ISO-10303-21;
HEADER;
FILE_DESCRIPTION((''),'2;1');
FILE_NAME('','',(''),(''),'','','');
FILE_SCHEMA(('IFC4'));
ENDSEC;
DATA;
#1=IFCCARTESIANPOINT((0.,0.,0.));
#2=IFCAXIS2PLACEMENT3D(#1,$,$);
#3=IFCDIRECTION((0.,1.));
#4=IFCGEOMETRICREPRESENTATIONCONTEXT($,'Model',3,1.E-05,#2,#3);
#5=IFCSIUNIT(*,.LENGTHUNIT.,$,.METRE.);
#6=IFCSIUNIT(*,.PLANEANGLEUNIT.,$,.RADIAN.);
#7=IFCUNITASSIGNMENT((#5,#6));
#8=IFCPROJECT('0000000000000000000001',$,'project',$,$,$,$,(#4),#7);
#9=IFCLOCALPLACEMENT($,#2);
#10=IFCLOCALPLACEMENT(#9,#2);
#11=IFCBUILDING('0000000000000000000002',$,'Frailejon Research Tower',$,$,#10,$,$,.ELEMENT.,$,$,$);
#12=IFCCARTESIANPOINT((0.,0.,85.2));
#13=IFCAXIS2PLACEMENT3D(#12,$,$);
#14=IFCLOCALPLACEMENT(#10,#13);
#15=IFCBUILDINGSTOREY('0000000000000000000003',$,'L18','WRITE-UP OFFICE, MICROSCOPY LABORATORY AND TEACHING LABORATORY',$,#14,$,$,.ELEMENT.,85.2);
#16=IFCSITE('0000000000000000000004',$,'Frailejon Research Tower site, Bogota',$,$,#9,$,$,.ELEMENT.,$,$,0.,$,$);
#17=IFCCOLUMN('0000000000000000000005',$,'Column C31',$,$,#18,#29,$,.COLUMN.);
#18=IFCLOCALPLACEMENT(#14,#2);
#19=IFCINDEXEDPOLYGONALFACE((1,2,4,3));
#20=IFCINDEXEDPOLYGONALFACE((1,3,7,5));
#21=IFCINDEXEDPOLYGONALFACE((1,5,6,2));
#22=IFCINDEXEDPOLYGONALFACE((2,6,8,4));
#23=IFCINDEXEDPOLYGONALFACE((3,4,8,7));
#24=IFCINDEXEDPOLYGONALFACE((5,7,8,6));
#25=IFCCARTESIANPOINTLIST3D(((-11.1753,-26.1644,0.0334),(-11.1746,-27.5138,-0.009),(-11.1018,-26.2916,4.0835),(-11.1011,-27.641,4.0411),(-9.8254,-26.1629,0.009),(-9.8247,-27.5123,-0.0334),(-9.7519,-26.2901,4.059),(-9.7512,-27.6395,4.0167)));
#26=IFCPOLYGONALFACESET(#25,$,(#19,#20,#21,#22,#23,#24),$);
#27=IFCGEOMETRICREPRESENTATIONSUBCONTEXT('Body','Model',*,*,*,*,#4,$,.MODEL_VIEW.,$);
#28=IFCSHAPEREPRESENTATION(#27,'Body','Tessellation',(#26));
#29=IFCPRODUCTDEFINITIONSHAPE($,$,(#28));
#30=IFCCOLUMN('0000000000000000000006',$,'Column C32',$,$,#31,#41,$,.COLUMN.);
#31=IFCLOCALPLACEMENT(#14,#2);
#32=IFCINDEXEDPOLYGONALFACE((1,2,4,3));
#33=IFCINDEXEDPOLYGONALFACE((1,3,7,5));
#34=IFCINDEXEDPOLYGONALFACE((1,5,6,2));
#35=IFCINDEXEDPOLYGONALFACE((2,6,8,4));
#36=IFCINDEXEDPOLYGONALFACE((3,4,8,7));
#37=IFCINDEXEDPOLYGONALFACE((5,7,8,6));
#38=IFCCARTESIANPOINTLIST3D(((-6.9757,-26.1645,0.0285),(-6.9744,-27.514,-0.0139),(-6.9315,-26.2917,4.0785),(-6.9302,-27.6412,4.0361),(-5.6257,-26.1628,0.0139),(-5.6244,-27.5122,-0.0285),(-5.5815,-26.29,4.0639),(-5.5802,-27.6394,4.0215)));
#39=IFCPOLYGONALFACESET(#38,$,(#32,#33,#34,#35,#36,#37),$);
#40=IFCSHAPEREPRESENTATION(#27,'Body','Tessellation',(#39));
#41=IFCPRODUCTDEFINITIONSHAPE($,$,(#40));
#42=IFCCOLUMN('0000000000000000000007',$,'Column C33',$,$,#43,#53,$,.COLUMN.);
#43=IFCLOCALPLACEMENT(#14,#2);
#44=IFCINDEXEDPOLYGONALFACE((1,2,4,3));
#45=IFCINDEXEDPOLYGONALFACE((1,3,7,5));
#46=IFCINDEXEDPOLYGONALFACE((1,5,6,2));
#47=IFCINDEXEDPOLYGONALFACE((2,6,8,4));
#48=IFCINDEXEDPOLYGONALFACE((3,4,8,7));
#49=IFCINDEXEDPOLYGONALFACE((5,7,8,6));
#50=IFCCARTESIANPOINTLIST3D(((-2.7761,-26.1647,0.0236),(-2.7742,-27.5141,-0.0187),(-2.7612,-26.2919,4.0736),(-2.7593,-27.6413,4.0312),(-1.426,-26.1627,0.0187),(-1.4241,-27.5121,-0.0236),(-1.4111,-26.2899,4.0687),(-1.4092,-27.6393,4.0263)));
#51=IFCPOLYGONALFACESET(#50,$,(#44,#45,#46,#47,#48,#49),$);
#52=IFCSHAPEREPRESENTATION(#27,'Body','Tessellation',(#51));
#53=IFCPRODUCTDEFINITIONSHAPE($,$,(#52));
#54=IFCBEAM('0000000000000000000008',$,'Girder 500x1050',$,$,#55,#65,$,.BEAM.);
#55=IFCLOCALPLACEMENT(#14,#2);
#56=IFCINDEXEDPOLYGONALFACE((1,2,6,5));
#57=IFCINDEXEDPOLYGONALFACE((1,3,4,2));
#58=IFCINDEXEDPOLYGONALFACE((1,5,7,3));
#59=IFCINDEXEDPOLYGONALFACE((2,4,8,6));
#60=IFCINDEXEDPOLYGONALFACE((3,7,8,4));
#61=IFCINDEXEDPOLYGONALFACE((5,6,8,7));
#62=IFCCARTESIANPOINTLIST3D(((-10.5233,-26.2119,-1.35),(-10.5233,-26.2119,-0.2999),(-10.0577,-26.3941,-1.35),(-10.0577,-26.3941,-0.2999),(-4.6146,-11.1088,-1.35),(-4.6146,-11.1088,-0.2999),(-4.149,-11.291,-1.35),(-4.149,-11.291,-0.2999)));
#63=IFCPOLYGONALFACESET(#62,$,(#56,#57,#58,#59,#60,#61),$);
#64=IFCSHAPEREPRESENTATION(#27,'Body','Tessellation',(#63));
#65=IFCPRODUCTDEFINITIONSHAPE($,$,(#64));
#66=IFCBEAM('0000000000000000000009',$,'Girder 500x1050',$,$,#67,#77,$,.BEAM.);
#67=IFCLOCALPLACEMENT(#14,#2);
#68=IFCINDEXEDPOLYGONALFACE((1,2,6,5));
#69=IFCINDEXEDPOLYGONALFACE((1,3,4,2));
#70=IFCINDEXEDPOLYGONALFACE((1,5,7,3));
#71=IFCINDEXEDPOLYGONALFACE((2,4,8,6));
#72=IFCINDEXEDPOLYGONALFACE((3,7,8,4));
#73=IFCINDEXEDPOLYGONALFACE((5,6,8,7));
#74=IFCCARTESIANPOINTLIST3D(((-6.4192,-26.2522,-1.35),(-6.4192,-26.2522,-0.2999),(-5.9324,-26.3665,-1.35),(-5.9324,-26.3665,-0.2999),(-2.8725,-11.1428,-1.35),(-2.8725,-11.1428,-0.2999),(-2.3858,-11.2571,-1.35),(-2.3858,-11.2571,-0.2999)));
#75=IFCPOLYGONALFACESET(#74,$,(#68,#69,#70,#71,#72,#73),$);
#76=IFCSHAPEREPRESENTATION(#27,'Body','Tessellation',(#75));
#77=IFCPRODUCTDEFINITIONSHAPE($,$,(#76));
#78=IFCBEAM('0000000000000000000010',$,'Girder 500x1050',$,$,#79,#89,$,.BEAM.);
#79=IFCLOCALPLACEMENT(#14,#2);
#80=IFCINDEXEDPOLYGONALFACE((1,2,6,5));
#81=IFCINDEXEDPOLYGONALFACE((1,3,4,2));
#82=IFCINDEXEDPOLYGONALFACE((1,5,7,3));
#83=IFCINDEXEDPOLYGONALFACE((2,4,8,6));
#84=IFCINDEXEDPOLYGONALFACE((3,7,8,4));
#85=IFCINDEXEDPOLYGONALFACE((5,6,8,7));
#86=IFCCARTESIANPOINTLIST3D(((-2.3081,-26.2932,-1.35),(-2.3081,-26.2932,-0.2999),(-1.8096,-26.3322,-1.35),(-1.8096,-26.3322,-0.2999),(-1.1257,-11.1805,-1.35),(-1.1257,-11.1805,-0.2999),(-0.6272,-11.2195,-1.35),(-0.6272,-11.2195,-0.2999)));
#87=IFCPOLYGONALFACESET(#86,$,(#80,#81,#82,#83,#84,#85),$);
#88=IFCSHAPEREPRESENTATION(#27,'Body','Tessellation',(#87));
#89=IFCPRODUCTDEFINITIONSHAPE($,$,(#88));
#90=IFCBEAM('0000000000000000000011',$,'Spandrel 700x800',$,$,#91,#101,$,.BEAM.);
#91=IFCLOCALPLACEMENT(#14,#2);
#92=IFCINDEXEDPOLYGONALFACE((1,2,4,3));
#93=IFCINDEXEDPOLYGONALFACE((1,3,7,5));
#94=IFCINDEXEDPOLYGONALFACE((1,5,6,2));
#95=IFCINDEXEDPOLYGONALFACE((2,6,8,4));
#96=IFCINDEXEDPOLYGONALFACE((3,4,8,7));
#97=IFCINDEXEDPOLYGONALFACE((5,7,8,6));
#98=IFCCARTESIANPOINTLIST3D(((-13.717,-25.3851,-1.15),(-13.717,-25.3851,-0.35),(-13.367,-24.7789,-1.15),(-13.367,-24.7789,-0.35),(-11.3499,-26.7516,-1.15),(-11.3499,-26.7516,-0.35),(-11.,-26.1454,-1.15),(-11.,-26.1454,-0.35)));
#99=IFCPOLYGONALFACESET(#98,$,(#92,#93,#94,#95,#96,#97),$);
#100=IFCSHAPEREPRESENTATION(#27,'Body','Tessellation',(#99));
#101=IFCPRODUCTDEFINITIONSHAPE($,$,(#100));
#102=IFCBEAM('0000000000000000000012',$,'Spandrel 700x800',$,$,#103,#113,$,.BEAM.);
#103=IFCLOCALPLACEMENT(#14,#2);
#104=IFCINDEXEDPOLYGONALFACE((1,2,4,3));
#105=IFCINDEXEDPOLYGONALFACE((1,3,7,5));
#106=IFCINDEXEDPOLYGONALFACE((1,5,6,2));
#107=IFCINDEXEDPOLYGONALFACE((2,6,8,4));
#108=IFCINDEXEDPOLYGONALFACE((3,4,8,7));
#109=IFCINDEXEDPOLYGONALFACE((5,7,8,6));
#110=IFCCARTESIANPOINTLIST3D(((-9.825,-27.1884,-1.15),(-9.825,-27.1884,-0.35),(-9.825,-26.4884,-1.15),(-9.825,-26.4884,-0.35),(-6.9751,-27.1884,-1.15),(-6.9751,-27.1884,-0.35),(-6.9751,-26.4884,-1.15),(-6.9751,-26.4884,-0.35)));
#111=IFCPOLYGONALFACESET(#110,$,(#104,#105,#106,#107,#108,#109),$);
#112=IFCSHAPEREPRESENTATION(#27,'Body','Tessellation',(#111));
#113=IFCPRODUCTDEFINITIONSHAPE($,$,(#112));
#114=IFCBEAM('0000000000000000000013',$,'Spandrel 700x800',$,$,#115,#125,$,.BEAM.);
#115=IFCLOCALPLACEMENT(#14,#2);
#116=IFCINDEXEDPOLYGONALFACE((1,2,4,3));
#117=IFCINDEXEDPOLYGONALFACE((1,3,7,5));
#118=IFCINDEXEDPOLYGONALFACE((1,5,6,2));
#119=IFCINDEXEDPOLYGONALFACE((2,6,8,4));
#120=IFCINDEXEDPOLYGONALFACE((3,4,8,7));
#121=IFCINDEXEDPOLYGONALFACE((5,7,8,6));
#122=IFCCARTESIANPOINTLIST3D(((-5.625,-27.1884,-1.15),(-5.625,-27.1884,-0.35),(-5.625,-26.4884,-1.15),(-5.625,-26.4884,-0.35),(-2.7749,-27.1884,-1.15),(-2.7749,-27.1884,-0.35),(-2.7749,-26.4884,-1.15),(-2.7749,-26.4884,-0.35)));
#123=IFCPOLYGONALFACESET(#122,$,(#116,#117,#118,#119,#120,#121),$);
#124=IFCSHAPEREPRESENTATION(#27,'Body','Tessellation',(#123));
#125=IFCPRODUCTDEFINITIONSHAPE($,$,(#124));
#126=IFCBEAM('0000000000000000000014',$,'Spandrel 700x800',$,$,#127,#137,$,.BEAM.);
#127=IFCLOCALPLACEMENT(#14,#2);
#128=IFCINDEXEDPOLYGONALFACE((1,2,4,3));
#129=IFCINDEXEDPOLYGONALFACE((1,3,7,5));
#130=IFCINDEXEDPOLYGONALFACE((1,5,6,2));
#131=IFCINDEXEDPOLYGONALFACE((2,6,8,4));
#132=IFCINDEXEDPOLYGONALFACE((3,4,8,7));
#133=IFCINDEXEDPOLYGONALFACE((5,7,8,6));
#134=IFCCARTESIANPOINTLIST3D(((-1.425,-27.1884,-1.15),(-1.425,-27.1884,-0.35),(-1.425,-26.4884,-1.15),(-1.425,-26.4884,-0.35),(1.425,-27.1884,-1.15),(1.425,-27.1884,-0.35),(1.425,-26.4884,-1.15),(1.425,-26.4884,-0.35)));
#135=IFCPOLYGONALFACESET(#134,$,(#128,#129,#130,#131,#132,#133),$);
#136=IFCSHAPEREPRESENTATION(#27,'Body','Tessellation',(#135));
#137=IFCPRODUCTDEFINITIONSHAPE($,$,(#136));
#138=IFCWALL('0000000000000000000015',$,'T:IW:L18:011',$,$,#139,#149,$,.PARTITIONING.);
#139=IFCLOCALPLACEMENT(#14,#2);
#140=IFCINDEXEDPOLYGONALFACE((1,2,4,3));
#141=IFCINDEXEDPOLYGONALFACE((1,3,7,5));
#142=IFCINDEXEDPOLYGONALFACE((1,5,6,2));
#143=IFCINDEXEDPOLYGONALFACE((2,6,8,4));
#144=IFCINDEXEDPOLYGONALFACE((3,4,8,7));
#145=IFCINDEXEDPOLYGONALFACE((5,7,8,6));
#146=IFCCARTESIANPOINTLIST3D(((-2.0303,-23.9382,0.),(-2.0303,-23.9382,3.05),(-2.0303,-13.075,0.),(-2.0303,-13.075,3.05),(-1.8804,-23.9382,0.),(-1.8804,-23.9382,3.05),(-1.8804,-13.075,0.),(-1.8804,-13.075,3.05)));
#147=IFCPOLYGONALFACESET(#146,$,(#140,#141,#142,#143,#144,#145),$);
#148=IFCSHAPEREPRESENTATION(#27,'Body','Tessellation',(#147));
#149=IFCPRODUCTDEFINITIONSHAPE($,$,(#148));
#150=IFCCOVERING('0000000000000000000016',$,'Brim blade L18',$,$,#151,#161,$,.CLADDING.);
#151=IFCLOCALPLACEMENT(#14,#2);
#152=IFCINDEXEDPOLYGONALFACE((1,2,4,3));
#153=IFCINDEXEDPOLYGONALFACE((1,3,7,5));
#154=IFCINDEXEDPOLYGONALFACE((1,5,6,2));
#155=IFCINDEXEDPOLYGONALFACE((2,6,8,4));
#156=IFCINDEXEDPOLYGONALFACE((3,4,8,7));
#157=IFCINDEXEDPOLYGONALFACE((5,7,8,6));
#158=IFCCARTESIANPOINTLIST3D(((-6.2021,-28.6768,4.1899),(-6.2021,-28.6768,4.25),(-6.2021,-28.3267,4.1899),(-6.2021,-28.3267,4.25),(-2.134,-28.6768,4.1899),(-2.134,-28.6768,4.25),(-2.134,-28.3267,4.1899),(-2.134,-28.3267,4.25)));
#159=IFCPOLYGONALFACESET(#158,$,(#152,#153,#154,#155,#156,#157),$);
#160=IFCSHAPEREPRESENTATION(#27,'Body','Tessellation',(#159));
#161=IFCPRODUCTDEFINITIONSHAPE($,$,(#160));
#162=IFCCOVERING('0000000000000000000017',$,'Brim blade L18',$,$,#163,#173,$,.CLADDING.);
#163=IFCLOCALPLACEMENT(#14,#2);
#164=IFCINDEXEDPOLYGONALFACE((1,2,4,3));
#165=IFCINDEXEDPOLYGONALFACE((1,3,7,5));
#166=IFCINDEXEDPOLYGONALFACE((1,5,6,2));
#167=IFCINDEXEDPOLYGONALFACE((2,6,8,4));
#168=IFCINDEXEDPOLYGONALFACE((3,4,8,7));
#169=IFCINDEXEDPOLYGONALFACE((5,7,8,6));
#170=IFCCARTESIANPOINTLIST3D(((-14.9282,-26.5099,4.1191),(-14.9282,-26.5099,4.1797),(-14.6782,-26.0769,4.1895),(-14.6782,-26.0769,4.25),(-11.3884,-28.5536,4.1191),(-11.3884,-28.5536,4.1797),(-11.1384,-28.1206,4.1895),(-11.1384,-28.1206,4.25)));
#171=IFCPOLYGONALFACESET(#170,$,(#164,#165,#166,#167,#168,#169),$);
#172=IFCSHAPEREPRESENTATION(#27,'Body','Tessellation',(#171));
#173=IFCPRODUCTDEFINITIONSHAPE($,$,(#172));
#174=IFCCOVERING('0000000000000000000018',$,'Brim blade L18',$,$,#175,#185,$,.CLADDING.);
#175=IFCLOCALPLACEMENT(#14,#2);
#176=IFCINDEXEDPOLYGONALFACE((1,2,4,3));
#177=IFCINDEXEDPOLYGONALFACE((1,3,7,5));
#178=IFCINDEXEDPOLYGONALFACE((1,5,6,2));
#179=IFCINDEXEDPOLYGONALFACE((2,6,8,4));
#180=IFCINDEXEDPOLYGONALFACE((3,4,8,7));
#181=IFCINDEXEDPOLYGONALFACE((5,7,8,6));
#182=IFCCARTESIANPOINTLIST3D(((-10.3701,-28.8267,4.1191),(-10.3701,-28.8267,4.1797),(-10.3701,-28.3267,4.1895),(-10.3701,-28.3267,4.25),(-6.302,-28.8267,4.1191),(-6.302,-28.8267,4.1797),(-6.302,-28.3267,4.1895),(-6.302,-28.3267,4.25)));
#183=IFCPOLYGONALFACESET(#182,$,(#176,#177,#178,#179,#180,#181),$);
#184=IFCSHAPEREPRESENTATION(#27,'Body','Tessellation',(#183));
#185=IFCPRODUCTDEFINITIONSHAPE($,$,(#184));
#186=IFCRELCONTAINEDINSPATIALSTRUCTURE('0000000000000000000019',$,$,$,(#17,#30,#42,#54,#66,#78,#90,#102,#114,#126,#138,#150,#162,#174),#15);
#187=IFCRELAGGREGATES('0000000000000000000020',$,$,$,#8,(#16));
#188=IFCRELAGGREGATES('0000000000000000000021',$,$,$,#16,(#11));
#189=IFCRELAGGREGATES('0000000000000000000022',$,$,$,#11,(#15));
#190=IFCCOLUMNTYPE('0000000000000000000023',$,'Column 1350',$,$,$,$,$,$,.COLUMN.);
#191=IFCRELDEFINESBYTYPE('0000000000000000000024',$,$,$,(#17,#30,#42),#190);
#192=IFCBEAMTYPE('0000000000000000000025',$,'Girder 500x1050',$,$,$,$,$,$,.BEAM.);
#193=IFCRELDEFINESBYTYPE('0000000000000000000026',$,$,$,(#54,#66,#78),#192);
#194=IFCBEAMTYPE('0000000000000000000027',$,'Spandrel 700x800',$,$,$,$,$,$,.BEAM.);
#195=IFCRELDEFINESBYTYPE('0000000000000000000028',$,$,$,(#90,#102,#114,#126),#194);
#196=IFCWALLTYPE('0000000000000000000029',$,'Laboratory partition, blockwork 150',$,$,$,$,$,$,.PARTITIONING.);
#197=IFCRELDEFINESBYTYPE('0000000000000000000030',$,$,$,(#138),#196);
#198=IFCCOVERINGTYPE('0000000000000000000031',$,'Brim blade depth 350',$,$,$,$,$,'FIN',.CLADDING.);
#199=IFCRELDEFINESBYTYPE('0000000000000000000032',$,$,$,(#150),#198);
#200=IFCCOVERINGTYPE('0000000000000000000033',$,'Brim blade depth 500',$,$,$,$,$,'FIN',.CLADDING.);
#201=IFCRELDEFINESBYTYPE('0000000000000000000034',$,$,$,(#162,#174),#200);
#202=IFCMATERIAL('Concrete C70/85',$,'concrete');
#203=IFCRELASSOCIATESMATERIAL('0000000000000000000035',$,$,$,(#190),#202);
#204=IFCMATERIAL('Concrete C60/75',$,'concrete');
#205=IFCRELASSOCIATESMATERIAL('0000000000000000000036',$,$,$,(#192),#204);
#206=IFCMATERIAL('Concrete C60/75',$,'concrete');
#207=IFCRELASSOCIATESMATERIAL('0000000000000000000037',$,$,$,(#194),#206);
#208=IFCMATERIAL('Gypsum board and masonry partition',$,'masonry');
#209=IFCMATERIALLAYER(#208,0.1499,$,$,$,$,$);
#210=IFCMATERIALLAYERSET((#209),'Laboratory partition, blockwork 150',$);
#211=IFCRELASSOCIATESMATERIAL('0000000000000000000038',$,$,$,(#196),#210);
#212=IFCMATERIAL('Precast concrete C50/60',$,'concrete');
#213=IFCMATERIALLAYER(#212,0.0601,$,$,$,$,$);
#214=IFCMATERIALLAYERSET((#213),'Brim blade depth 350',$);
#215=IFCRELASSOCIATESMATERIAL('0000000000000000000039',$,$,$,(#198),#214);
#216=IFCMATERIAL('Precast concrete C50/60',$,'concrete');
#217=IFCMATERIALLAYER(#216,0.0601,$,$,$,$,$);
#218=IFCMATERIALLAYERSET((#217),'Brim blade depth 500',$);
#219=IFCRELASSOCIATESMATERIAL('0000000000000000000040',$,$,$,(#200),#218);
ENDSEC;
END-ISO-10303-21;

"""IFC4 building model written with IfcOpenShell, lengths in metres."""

from ifc_helpers import new_model, si_unit, direction, frame, frame_2d, origin, origin_2d, place, context, subcontext, project, spatial, polyline, rectangle, outline, extrude, material, layer, layer_set, material_profile, profile_set, type_object, element, save


model = new_model("IFC4")

# Units and contexts
model_context = context("Model", 3, precision=1e-05, world=origin(), true_north=direction((0.0, 1.0)))
body_context = subcontext(model_context, "Body", "Model", "MODEL_VIEW")
ifc_project = project(units=[si_unit("LENGTHUNIT", "METRE"), si_unit("PLANEANGLEUNIT", "RADIAN")], contexts=[model_context])

# Site, building, storey
site_placement = place(None, origin())
site = spatial("IfcSite", under=ifc_project, at=site_placement, Name="Frailejon Research Tower site, Bogota", CompositionType="ELEMENT", RefElevation=0.0)
building_placement = place(site_placement, origin())
building = spatial("IfcBuilding", under=site, at=building_placement, Name="Frailejon Research Tower", CompositionType="ELEMENT")
storey_placement = place(building_placement, frame((0.0, 0.0, 85.2)))
storey = spatial("IfcBuildingStorey", under=building, at=storey_placement, Name="L18", Description="WRITE-UP OFFICE, MICROSCOPY LABORATORY AND TEACHING LABORATORY", CompositionType="ELEMENT", Elevation=85.2)

# Columns
ifc_material_1 = material(Name="Concrete C70/85", Category="concrete")
ifc_material_profile_1 = material_profile(ifc_material_1, rectangle(XDim=1.3501, YDim=1.3501, at=origin_2d()), Name="Column 1350")
ifc_profile_set_1 = profile_set([ifc_material_profile_1], Name="Concrete C70/85")
column_type = type_object("IfcColumnType", Name="Column 1350", PredefinedType="COLUMN", material=ifc_profile_set_1)
column_1_placement = place(storey_placement, frame((-10.5, -26.8384, 0.0), z_axis=(0.018133, -0.031386, 0.999343), x_axis=(0.999835, 0.001116, -0.018107)))
element("IfcColumn", 1, at=column_1_placement, inside=storey, type_object=column_type, Name="Column C31", PredefinedType="COLUMN", context=body_context, shape_type="SweptSolid", body=[
    extrude(rectangle(XDim=1.3501, YDim=1.3501, at=origin_2d()), origin(), (0.0, 0.0, 1.0), 4.0527),
])
column_2_placement = place(storey_placement, frame((-6.3, -26.8384, 0.0), z_axis=(0.010905, -0.031389, 0.999448), x_axis=(0.99994, 0.001287, -0.01087)))
element("IfcColumn", 2, at=column_2_placement, inside=storey, type_object=column_type, Name="Column C32", PredefinedType="COLUMN", context=body_context, shape_type="SweptSolid", body=[
    extrude(rectangle(XDim=1.3501, YDim=1.3501, at=origin_2d()), origin(), (0.0, 0.0, 1.0), 4.0522),
])
column_3_placement = place(storey_placement, frame((-2.1001, -26.8384, 0.0), z_axis=(0.003675, -0.031391, 0.9995), x_axis=(0.999992, 0.001487, -0.00363)))
element("IfcColumn", 3, at=column_3_placement, inside=storey, type_object=column_type, Name="Column C33", PredefinedType="COLUMN", context=body_context, shape_type="SweptSolid", body=[
    extrude(rectangle(XDim=1.3501, YDim=1.3501, at=origin_2d()), origin(), (0.0, 0.0, 1.0), 4.052),
])

# Beams
ifc_material_2 = material(Name="Concrete C60/75", Category="concrete")
ifc_material_profile_2 = material_profile(ifc_material_2, rectangle(XDim=0.5, YDim=1.05, at=origin_2d()), Name="Girder 500x1050")
ifc_profile_set_2 = profile_set([ifc_material_profile_2], Name="Concrete C60/75")
beam_type_1 = type_object("IfcBeamType", Name="Girder 500x1050", PredefinedType="BEAM", material=ifc_profile_set_2)
beam_1_placement = place(storey_placement, frame((-10.2905, -26.303, -0.825), z_axis=(0.364336, 0.931268, 0.0), x_axis=(-0.931268, 0.364336, 0.0)))
element("IfcBeam", 4, at=beam_1_placement, inside=storey, type_object=beam_type_1, Name="Girder 500x1050", PredefinedType="BEAM", context=body_context, shape_type="SweptSolid", body=[
    extrude(rectangle(XDim=0.5, YDim=1.05, at=origin_2d()), origin(), (0.0, 0.0, 1.0), 16.2178),
])
beam_2_placement = place(storey_placement, frame((-6.1758, -26.3093, -0.825), z_axis=(0.228519, 0.973539, 0.0), x_axis=(-0.973539, 0.228519, 0.0)))
element("IfcBeam", 5, at=beam_2_placement, inside=storey, type_object=beam_type_1, Name="Girder 500x1050", PredefinedType="BEAM", context=body_context, shape_type="SweptSolid", body=[
    extrude(rectangle(XDim=0.5, YDim=1.05, at=origin_2d()), origin(), (0.0, 0.0, 1.0), 15.52),
])
beam_3_placement = place(storey_placement, frame((-2.0588, -26.3127, -0.825), z_axis=(0.077998, 0.996953, 0.0), x_axis=(-0.996953, 0.077998, 0.0)))
element("IfcBeam", 6, at=beam_3_placement, inside=storey, type_object=beam_type_1, Name="Girder 500x1050", PredefinedType="BEAM", context=body_context, shape_type="SweptSolid", body=[
    extrude(rectangle(XDim=0.5, YDim=1.05, at=origin_2d()), origin(), (0.0, 0.0, 1.0), 15.1589),
])
ifc_material_3 = material(Name="Concrete C60/75", Category="concrete")
ifc_material_profile_3 = material_profile(ifc_material_3, rectangle(XDim=0.7, YDim=0.8, at=origin_2d()), Name="Spandrel 700x800")
ifc_profile_set_3 = profile_set([ifc_material_profile_3], Name="Concrete C60/75")
beam_type_2 = type_object("IfcBeamType", Name="Spandrel 700x800", PredefinedType="BEAM", material=ifc_profile_set_3)
beam_4_placement = place(storey_placement, frame((-13.542, -25.082, -0.75), z_axis=(0.866041, -0.499972, 0.0), x_axis=(0.499972, 0.866041, 0.0)))
element("IfcBeam", 7, at=beam_4_placement, inside=storey, type_object=beam_type_2, Name="Spandrel 700x800", PredefinedType="BEAM", context=body_context, shape_type="SweptSolid", body=[
    extrude(rectangle(XDim=0.7, YDim=0.8, at=origin_2d()), origin(), (0.0, 0.0, 1.0), 2.7332),
])
beam_5_placement = place(storey_placement, frame((-9.825, -26.8384, -0.75), z_axis=(1.0, 0.0, 0.0), x_axis=(0.0, 1.0, 0.0)))
element("IfcBeam", 8, at=beam_5_placement, inside=storey, type_object=beam_type_2, Name="Spandrel 700x800", PredefinedType="BEAM", context=body_context, shape_type="SweptSolid", body=[
    extrude(rectangle(XDim=0.7, YDim=0.8, at=origin_2d()), origin(), (0.0, 0.0, 1.0), 2.8499),
])
for number, where, z_axis, x_axis, name in (
    (9, (-5.625, -26.8384, -0.75), (1.0, 0.0, 0.0), (0.0, 1.0, 0.0), "Spandrel 700x800"),
    (10, (-1.425, -26.8384, -0.75), (1.0, 0.0, 0.0), (0.0, 1.0, 0.0), "Spandrel 700x800"),
):
    element("IfcBeam", number, at=place(storey_placement, frame(where, z_axis=z_axis, x_axis=x_axis)), inside=storey, type_object=beam_type_2, Name=name, PredefinedType="BEAM", context=body_context, shape_type="SweptSolid", body=[
        extrude(rectangle(XDim=0.7, YDim=0.8, at=origin_2d()), origin(), (0.0, 0.0, 1.0), 2.8501),
    ])

# Wall
ifc_material_4 = material(Name="Gypsum board and masonry partition", Category="masonry")
ifc_layer_1 = layer(ifc_material_4, 0.1499)
ifc_layer_set_1 = layer_set([ifc_layer_1], Name="Laboratory partition, blockwork 150")
wall_type_1 = type_object("IfcWallType", Name="Laboratory partition, blockwork 150", PredefinedType="PARTITIONING", material=ifc_layer_set_1)
wall_1_placement = place(storey_placement, frame((-1.9553, -23.9382, 0.0), z_axis=(0.0, 0.0, 1.0), x_axis=(0.0, 1.0, 0.0)))
element("IfcWall", 11, at=wall_1_placement, inside=storey, type_object=wall_type_1, Name="T:IW:L18:011", PredefinedType="PARTITIONING", context=body_context, shape_type="SweptSolid", body=[
    extrude(rectangle(XDim=10.8633, YDim=0.1499, at=frame_2d((5.4316, 0.0))), origin(), (0.0, 0.0, 1.0), 3.05),
])

# Coverings
ifc_material_5 = material(Name="Precast concrete C50/60", Category="concrete")
ifc_layer_2 = layer(ifc_material_5, 0.0601)
ifc_layer_set_2 = layer_set([ifc_layer_2], Name="Brim blade depth 350")
covering_type_1 = type_object("IfcCoveringType", Name="Brim blade depth 350", ElementType="FIN", PredefinedType="CLADDING", material=ifc_layer_set_2)
covering_1_placement = place(storey_placement, frame((-2.134, -28.3267, 4.25), z_axis=(-1.0, 0.0, 0.0), x_axis=(0.0, -1.0, 0.0)))
element("IfcCovering", 12, at=covering_1_placement, inside=storey, type_object=covering_type_1, Name="Brim blade L18", PredefinedType="CLADDING", context=body_context, shape_type="SweptSolid", body=[
    extrude(outline(polyline([(0.0, -0.0601), (0.3501, -0.0601), (0.3501, 0.0), (0.0, 0.0), (0.0, -0.0601)])), origin(), (0.0, 0.0, 1.0), 4.0681),
])
ifc_material_6 = material(Name="Precast concrete C50/60", Category="concrete")
ifc_layer_3 = layer(ifc_material_6, 0.0601)
ifc_layer_set_3 = layer_set([ifc_layer_3], Name="Brim blade depth 500")
covering_type_2 = type_object("IfcCoveringType", Name="Brim blade depth 500", ElementType="FIN", PredefinedType="CLADDING", material=ifc_layer_set_3)
covering_2_placement = place(storey_placement, frame((-11.1384, -28.1206, 4.25), z_axis=(-0.866021, 0.500007, 0.0), x_axis=(-0.500007, -0.866021, 0.0)))
element("IfcCovering", 13, at=covering_2_placement, inside=storey, type_object=covering_type_2, Name="Brim blade L18", PredefinedType="CLADDING", context=body_context, shape_type="SweptSolid", body=[
    extrude(outline(polyline([(0.0, -0.0605), (0.5, -0.1309), (0.5, -0.0703), (0.0, 0.0), (0.0, -0.0605)])), origin(), (0.0, 0.0, 1.0), 4.0874),
])
covering_3_placement = place(storey_placement, frame((-6.302, -28.3267, 4.25), z_axis=(-1.0, 0.0, 0.0), x_axis=(0.0, -1.0, 0.0)))
element("IfcCovering", 14, at=covering_3_placement, inside=storey, type_object=covering_type_2, Name="Brim blade L18", PredefinedType="CLADDING", context=body_context, shape_type="SweptSolid", body=[
    extrude(outline(polyline([(0.0, -0.0605), (0.5, -0.1309), (0.5, -0.0703), (0.0, 0.0), (0.0, -0.0605)])), origin(), (0.0, 0.0, 1.0), 4.0681),
])

save(model, "model.ifc")
